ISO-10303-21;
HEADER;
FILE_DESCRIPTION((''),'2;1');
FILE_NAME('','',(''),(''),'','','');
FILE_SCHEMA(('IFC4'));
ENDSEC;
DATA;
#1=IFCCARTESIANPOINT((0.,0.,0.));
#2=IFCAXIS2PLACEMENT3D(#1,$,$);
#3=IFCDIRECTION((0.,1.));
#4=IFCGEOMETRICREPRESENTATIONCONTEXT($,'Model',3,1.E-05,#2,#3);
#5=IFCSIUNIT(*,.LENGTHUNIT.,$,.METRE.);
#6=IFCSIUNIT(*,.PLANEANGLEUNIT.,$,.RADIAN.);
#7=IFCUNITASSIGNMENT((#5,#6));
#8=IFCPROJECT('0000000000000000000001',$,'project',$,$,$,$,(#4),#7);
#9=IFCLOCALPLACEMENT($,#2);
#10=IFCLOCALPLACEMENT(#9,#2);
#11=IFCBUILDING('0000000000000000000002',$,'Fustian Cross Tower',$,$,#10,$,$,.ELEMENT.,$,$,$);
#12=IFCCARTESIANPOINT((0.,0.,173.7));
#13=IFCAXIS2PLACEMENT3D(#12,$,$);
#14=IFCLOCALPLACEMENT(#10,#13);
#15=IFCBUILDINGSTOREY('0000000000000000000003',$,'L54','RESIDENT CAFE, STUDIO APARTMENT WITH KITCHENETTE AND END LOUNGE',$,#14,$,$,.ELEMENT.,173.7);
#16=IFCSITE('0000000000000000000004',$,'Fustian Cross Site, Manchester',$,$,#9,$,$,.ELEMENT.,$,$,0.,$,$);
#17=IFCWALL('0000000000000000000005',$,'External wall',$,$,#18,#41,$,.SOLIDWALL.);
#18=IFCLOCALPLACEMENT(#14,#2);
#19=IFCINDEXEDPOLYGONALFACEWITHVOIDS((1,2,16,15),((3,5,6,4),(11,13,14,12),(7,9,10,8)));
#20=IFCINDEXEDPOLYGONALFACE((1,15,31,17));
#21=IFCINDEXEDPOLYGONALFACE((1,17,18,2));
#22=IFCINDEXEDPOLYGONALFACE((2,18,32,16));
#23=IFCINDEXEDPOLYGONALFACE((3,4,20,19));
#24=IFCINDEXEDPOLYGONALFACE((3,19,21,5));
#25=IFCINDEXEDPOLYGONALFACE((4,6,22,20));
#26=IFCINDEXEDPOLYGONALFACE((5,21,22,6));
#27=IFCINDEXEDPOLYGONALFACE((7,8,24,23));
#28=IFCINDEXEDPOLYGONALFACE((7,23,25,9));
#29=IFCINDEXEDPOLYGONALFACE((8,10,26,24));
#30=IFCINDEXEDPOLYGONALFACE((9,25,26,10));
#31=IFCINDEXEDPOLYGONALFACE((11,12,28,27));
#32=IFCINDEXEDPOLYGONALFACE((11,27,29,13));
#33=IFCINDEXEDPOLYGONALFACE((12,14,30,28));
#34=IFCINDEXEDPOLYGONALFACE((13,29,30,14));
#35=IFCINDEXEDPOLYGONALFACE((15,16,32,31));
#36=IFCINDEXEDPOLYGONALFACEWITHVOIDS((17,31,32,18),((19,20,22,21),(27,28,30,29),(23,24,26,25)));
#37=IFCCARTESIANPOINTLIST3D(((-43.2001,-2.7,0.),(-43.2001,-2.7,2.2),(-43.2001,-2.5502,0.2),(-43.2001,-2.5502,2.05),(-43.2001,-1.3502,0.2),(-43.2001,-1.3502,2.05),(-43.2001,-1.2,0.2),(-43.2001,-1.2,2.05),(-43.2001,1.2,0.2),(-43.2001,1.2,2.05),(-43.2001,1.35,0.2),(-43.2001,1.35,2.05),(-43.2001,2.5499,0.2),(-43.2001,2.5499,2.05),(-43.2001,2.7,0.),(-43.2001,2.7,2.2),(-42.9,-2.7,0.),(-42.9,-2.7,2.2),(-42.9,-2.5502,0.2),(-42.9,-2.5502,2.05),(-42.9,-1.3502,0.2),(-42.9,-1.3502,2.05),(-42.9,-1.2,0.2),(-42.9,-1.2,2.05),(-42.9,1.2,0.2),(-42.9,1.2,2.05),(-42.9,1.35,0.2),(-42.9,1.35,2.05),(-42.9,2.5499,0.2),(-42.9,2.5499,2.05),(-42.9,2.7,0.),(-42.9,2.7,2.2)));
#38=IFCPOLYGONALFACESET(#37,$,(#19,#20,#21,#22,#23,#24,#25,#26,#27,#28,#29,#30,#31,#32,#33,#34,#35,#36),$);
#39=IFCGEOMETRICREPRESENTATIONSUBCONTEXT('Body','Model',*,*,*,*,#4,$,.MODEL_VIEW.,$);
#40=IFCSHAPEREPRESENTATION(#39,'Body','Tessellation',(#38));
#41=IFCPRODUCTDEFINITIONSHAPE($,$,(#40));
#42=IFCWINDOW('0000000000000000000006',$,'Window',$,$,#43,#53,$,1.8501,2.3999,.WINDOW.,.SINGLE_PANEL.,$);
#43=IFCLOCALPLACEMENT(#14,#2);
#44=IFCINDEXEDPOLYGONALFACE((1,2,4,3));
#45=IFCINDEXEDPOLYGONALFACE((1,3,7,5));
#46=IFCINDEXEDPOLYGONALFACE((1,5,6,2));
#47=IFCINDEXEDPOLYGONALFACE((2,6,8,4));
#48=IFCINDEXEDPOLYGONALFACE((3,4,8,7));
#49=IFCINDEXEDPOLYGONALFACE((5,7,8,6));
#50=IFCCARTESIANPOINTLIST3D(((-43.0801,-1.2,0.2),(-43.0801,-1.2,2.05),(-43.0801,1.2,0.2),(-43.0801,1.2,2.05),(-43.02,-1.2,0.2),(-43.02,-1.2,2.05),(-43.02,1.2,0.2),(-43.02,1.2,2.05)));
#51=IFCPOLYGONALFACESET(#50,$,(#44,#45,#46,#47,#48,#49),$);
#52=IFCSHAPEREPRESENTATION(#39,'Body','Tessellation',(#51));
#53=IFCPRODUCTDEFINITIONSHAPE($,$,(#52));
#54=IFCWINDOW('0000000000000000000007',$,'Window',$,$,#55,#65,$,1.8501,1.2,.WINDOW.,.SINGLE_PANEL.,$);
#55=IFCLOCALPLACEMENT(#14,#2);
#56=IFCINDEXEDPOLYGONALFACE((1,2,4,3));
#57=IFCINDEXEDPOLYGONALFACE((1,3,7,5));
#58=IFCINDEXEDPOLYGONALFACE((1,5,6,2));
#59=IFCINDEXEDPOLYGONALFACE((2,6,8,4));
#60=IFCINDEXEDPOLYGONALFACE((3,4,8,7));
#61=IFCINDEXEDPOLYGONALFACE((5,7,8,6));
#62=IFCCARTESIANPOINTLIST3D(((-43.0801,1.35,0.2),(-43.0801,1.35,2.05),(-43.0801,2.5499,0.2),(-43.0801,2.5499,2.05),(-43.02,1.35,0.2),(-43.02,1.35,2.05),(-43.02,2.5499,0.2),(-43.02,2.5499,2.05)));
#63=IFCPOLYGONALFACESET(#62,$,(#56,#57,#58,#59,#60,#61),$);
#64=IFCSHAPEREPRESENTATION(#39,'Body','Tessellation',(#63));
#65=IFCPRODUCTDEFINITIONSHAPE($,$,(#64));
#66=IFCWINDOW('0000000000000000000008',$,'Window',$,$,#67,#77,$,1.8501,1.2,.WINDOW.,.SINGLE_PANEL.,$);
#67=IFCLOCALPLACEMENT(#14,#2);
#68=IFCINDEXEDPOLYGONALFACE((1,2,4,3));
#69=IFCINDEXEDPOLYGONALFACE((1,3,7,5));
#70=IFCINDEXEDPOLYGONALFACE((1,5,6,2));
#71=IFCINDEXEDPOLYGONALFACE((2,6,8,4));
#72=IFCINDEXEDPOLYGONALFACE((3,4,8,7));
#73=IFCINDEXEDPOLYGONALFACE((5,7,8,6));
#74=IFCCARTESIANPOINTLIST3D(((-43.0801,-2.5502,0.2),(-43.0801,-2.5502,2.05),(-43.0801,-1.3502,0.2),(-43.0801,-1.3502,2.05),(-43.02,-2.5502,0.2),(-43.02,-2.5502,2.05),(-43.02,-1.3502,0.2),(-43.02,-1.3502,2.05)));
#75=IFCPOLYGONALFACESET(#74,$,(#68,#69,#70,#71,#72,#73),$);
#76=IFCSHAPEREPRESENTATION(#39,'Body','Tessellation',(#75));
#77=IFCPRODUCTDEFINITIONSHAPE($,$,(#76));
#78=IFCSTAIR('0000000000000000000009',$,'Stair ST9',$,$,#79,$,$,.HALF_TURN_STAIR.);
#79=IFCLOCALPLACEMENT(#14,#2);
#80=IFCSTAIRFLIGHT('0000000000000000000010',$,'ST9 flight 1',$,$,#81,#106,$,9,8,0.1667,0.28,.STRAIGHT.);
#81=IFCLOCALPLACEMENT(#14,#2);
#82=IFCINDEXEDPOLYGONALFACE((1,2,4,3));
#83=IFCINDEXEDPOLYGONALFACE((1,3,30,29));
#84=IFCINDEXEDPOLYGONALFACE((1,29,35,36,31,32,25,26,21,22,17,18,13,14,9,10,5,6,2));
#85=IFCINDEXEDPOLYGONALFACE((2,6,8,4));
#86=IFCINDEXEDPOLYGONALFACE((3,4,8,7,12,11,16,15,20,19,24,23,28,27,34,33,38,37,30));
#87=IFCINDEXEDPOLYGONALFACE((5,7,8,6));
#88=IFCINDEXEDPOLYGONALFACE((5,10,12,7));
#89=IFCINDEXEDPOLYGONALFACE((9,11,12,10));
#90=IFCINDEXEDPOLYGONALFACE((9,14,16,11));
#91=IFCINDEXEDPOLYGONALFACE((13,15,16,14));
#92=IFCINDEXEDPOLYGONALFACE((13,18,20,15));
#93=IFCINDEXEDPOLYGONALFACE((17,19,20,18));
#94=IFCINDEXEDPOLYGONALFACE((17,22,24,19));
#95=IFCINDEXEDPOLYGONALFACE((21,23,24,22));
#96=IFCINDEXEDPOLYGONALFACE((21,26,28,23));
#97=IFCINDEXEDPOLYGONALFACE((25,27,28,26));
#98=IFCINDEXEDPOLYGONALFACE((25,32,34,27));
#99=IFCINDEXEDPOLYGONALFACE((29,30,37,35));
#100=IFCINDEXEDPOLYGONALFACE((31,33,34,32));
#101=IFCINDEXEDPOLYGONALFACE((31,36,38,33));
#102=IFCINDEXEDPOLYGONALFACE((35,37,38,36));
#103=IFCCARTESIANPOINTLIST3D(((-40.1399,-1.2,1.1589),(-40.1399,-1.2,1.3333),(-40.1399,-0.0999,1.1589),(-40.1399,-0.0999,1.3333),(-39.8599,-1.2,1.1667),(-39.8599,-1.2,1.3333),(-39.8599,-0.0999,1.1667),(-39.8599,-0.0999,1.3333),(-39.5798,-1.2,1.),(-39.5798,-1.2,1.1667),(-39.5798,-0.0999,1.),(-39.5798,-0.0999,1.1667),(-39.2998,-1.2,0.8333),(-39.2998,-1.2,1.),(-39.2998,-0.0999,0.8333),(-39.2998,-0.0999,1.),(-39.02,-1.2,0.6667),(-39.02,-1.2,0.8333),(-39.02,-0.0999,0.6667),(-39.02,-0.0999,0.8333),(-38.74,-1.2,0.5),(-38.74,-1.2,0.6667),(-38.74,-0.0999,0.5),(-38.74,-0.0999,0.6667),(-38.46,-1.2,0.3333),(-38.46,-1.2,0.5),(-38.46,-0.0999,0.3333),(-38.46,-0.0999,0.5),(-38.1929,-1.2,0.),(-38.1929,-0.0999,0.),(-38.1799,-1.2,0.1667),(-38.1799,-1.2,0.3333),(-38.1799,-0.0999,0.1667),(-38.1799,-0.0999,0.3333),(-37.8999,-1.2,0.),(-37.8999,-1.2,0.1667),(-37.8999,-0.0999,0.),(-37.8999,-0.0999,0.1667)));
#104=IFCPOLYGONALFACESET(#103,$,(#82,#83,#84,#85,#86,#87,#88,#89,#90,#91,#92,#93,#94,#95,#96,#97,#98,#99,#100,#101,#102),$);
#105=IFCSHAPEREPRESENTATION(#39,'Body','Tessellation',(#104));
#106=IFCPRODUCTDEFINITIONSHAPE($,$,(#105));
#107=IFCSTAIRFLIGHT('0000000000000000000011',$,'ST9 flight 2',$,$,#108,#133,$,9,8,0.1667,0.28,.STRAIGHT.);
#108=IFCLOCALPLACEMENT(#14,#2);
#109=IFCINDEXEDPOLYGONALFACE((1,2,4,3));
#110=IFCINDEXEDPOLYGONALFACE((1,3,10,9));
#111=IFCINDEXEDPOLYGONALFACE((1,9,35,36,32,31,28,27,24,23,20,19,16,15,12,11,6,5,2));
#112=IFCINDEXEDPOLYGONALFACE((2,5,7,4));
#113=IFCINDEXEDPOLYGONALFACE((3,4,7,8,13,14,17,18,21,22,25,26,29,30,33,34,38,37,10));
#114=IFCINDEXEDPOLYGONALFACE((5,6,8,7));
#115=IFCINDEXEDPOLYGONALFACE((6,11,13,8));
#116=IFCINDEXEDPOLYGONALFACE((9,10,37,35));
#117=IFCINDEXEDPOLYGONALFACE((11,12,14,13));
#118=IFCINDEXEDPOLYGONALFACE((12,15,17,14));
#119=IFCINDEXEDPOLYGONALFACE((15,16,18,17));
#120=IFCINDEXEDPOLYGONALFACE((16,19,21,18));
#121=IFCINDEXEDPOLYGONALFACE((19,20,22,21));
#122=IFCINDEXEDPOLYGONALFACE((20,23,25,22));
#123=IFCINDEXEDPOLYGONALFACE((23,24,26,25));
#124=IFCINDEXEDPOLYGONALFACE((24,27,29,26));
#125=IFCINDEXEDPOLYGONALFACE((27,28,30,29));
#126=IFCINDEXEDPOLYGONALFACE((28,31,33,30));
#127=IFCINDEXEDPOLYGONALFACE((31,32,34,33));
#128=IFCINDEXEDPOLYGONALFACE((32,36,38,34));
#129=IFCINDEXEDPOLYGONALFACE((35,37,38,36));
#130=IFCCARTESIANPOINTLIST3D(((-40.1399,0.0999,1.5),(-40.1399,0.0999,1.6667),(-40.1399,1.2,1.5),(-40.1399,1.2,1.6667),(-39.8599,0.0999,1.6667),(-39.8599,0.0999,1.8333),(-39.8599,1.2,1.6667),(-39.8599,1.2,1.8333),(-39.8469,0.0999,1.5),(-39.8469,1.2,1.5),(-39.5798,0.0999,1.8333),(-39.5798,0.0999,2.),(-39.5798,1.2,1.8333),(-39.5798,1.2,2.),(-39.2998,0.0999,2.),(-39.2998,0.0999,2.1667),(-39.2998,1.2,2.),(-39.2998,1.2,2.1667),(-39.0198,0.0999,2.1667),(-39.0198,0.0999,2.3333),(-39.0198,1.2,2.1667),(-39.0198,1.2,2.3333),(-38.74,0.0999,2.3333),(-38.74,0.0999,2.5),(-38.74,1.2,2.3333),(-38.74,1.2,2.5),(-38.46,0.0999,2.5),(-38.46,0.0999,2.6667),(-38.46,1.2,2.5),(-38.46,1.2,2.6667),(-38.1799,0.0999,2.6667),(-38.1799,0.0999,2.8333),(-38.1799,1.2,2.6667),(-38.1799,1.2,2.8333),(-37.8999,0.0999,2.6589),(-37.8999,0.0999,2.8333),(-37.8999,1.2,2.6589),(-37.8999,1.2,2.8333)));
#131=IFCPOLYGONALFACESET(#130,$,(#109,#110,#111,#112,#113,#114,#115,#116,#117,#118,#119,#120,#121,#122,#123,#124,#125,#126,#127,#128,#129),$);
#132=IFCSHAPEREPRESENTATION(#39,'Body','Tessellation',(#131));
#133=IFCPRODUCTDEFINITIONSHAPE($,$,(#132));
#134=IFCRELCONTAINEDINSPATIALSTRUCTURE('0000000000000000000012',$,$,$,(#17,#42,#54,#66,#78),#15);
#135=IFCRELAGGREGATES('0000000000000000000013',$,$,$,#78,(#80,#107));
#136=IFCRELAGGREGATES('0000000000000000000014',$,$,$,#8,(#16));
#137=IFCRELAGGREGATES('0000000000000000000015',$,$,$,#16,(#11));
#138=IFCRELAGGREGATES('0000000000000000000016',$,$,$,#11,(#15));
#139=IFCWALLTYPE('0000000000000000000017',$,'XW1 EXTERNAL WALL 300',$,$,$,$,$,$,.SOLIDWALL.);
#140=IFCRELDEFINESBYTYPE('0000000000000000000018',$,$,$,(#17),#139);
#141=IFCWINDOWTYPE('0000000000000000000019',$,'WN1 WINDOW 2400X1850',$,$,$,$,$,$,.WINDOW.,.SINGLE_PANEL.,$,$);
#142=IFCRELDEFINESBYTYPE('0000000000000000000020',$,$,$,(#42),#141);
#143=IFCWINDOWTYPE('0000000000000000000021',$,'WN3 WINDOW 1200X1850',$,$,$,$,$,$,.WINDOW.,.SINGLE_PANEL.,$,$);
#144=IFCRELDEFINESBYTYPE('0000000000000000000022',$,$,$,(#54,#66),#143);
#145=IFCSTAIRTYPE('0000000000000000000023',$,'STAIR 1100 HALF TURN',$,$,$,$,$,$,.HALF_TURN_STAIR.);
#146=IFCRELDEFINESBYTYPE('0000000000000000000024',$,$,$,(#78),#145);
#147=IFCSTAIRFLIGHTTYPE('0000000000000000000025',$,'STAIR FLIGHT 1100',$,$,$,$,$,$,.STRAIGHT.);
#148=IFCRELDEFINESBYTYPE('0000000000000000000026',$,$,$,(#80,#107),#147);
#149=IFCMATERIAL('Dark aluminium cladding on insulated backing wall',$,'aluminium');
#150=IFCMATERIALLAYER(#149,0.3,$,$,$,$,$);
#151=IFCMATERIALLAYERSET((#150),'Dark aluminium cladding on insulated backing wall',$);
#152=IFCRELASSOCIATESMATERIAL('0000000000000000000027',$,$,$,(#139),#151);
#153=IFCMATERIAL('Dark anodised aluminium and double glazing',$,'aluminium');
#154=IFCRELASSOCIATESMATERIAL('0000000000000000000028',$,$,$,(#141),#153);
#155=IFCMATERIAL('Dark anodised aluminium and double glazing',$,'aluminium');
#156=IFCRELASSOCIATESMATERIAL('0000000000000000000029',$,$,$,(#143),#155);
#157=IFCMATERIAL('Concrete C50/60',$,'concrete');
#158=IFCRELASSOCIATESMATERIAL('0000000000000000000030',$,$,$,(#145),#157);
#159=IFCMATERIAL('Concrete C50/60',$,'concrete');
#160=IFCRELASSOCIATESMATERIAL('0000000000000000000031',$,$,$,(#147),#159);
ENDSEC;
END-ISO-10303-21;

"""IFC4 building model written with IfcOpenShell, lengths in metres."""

from ifc_helpers import new_model, si_unit, direction, frame, frame_2d, origin, place, context, subcontext, project, spatial, polyline, rectangle, outline, extrude, material, layer, layer_set, type_object, element, fill, aggregate, save


model = new_model("IFC4")

# Units and contexts
model_context = context("Model", 3, precision=1e-05, world=origin(), true_north=direction((0.0, 1.0)))
body_context = subcontext(model_context, "Body", "Model", "MODEL_VIEW")
ifc_project = project(units=[si_unit("LENGTHUNIT", "METRE"), si_unit("PLANEANGLEUNIT", "RADIAN")], contexts=[model_context])

# Site, building, storey
site_placement = place(None, origin())
site = spatial("IfcSite", under=ifc_project, at=site_placement, Name="Fustian Cross Site, Manchester", CompositionType="ELEMENT", RefElevation=0.0)
building_placement = place(site_placement, origin())
building = spatial("IfcBuilding", under=site, at=building_placement, Name="Fustian Cross Tower", CompositionType="ELEMENT")
storey_placement = place(building_placement, frame((0.0, 0.0, 173.7)))
storey = spatial("IfcBuildingStorey", under=building, at=storey_placement, Name="L54", Description="RESIDENT CAFE, STUDIO APARTMENT WITH KITCHENETTE AND END LOUNGE", CompositionType="ELEMENT", Elevation=173.7)

# Wall, openings, windows
ifc_material_1 = material(Name="Dark aluminium cladding on insulated backing wall", Category="aluminium")
ifc_layer_1 = layer(ifc_material_1, 0.3)
ifc_layer_set_1 = layer_set([ifc_layer_1], Name="Dark aluminium cladding on insulated backing wall")
wall_type_1 = type_object("IfcWallType", Name="XW1 EXTERNAL WALL 300", PredefinedType="SOLIDWALL", material=ifc_layer_set_1)
wall_1_placement = place(storey_placement, frame((-43.05, 2.7, 0.0), z_axis=(0.0, 0.0, 1.0), x_axis=(0.0, -1.0, 0.0)))
wall_1 = element("IfcWall", 1, at=wall_1_placement, inside=storey, type_object=wall_type_1, Name="External wall", PredefinedType="SOLIDWALL", context=body_context, shape_type="SweptSolid", body=[
    extrude(rectangle(XDim=5.3999, YDim=0.3, at=frame_2d((2.7, 0.0))), origin(), (0.0, 0.0, 1.0), 2.2),
])
opening_1_placement = place(wall_1_placement, frame((1.5, 0.0, 0.2)))
opening_1 = element("IfcOpeningElement", 2, at=opening_1_placement, cuts=wall_1, PredefinedType="OPENING", context=body_context, shape_type="SweptSolid", body=[
    extrude(rectangle(XDim=2.3999, YDim=1.8501, at=frame_2d((1.2, 0.925))), frame((0.0, 0.1599, 0.0), z_axis=(0.0, -1.0, 0.0), x_axis=(1.0, 0.0, 0.0)), (0.0, 0.0, 1.0), 0.3201),
])
opening_2_placement = place(wall_1_placement, frame((0.1499, 0.0, 0.2)))
opening_2 = element("IfcOpeningElement", 3, at=opening_2_placement, cuts=wall_1, PredefinedType="OPENING", context=body_context, shape_type="SweptSolid", body=[
    extrude(rectangle(XDim=1.2, YDim=1.8501, at=frame_2d((0.6001, 0.925))), frame((0.0, 0.1599, 0.0), z_axis=(0.0, -1.0, 0.0), x_axis=(1.0, 0.0, 0.0)), (0.0, 0.0, 1.0), 0.3201),
])
opening_3_placement = place(wall_1_placement, frame((4.05, 0.0, 0.2)))
opening_3 = element("IfcOpeningElement", 4, at=opening_3_placement, cuts=wall_1, PredefinedType="OPENING", context=body_context, shape_type="SweptSolid", body=[
    extrude(rectangle(XDim=1.2, YDim=1.8501, at=frame_2d((0.6001, 0.925))), frame((0.0, 0.1599, 0.0), z_axis=(0.0, -1.0, 0.0), x_axis=(1.0, 0.0, 0.0)), (0.0, 0.0, 1.0), 0.3201),
])
ifc_material_2 = material(Name="Dark anodised aluminium and double glazing", Category="aluminium")
window_type_1 = type_object("IfcWindowType", Name="WN1 WINDOW 2400X1850", PartitioningType="SINGLE_PANEL", PredefinedType="WINDOW", material=ifc_material_2)
window_1_placement = place(opening_1_placement, origin())
window_1 = element("IfcWindow", 5, at=window_1_placement, inside=storey, type_object=window_type_1, Name="Window", OverallHeight=1.8501, OverallWidth=2.3999, PartitioningType="SINGLE_PANEL", PredefinedType="WINDOW", context=body_context, shape_type="SweptSolid", body=[
    extrude(rectangle(XDim=2.3999, YDim=1.8501, at=frame_2d((1.2, 0.925))), frame((0.0, 0.03, 0.0), z_axis=(0.0, -1.0, 0.0), x_axis=(1.0, 0.0, 0.0)), (0.0, 0.0, 1.0), 0.0601),
])
fill(opening_1, window_1)
ifc_material_3 = material(Name="Dark anodised aluminium and double glazing", Category="aluminium")
window_type_2 = type_object("IfcWindowType", Name="WN3 WINDOW 1200X1850", PartitioningType="SINGLE_PANEL", PredefinedType="WINDOW", material=ifc_material_3)
window_2_placement = place(opening_2_placement, origin())
window_2 = element("IfcWindow", 6, at=window_2_placement, inside=storey, type_object=window_type_2, Name="Window", OverallHeight=1.8501, OverallWidth=1.2, PartitioningType="SINGLE_PANEL", PredefinedType="WINDOW", context=body_context, shape_type="SweptSolid", body=[
    extrude(rectangle(XDim=1.2, YDim=1.8501, at=frame_2d((0.6001, 0.925))), frame((0.0, 0.03, 0.0), z_axis=(0.0, -1.0, 0.0), x_axis=(1.0, 0.0, 0.0)), (0.0, 0.0, 1.0), 0.0601),
])
fill(opening_2, window_2)
window_3_placement = place(opening_3_placement, origin())
window_3 = element("IfcWindow", 7, at=window_3_placement, inside=storey, type_object=window_type_2, Name="Window", OverallHeight=1.8501, OverallWidth=1.2, PartitioningType="SINGLE_PANEL", PredefinedType="WINDOW", context=body_context, shape_type="SweptSolid", body=[
    extrude(rectangle(XDim=1.2, YDim=1.8501, at=frame_2d((0.6001, 0.925))), frame((0.0, 0.03, 0.0), z_axis=(0.0, -1.0, 0.0), x_axis=(1.0, 0.0, 0.0)), (0.0, 0.0, 1.0), 0.0601),
])
fill(opening_3, window_3)

# Stair, stair flights
ifc_material_4 = material(Name="Concrete C50/60", Category="concrete")
stair_type = type_object("IfcStairType", Name="STAIR 1100 HALF TURN", PredefinedType="HALF_TURN_STAIR", material=ifc_material_4)
stair_placement = place(storey_placement, origin())
stair = element("IfcStair", 8, at=stair_placement, inside=storey, type_object=stair_type, Name="Stair ST9", PredefinedType="HALF_TURN_STAIR")
ifc_material_5 = material(Name="Concrete C50/60", Category="concrete")
stair_flight_type = type_object("IfcStairFlightType", Name="STAIR FLIGHT 1100", PredefinedType="STRAIGHT", material=ifc_material_5)
stair_flight_1_placement = place(storey_placement, frame((-37.8999, -0.6499, 0.0), z_axis=(0.0, 0.0, 1.0), x_axis=(-1.0, 0.0, 0.0)))
stair_flight_1 = element("IfcStairFlight", 9, at=stair_flight_1_placement, type_object=stair_flight_type, Name="ST9 flight 1", NumberOfRisers=9, NumberOfTreads=8, PredefinedType="STRAIGHT", RiserHeight=0.1667, TreadLength=0.28, context=body_context, shape_type="SweptSolid", body=[
    extrude(outline(polyline([(0.0, 0.0), (0.0, 0.1667), (0.28, 0.1667), (0.28, 0.3333), (0.5601, 0.3333), (0.5601, 0.5), (0.8401, 0.5), (0.8401, 0.6667), (1.1201, 0.6667), (1.1201, 0.8333), (1.3999, 0.8333), (1.3999, 1.0), (1.6799, 1.0), (1.6799, 1.1667), (1.96, 1.1667), (1.96, 1.3333), (2.24, 1.3333), (2.24, 1.5), (2.24, 1.1589), (0.293, 0.0), (0.0, 0.0)])), frame((0.0, 0.55, 0.0), z_axis=(0.0, -1.0, 0.0), x_axis=(1.0, 0.0, 0.0)), (0.0, 0.0, 1.0), 1.1001),
])
stair_flight_2_placement = place(storey_placement, frame((-40.1399, 0.6499, 1.5), z_axis=(0.0, 0.0, 1.0), x_axis=(1.0, 0.0, 0.0)))
stair_flight_2 = element("IfcStairFlight", 10, at=stair_flight_2_placement, type_object=stair_flight_type, Name="ST9 flight 2", NumberOfRisers=9, NumberOfTreads=8, PredefinedType="STRAIGHT", RiserHeight=0.1667, TreadLength=0.28, context=body_context, shape_type="SweptSolid", body=[
    extrude(outline(polyline([(0.0, 0.0), (0.0, 0.1667), (0.28, 0.1667), (0.28, 0.3333), (0.5601, 0.3333), (0.5601, 0.5), (0.8401, 0.5), (0.8401, 0.6667), (1.1201, 0.6667), (1.1201, 0.8333), (1.3999, 0.8333), (1.3999, 1.0), (1.6799, 1.0), (1.6799, 1.1667), (1.96, 1.1667), (1.96, 1.3333), (2.24, 1.3333), (2.24, 1.5), (2.24, 1.1589), (0.293, 0.0), (0.0, 0.0)])), frame((0.0, 0.55, 0.0), z_axis=(0.0, -1.0, 0.0), x_axis=(1.0, 0.0, 0.0)), (0.0, 0.0, 1.0), 1.1001),
])
aggregate(stair, [stair_flight_1, stair_flight_2])

save(model, "model.ifc")
